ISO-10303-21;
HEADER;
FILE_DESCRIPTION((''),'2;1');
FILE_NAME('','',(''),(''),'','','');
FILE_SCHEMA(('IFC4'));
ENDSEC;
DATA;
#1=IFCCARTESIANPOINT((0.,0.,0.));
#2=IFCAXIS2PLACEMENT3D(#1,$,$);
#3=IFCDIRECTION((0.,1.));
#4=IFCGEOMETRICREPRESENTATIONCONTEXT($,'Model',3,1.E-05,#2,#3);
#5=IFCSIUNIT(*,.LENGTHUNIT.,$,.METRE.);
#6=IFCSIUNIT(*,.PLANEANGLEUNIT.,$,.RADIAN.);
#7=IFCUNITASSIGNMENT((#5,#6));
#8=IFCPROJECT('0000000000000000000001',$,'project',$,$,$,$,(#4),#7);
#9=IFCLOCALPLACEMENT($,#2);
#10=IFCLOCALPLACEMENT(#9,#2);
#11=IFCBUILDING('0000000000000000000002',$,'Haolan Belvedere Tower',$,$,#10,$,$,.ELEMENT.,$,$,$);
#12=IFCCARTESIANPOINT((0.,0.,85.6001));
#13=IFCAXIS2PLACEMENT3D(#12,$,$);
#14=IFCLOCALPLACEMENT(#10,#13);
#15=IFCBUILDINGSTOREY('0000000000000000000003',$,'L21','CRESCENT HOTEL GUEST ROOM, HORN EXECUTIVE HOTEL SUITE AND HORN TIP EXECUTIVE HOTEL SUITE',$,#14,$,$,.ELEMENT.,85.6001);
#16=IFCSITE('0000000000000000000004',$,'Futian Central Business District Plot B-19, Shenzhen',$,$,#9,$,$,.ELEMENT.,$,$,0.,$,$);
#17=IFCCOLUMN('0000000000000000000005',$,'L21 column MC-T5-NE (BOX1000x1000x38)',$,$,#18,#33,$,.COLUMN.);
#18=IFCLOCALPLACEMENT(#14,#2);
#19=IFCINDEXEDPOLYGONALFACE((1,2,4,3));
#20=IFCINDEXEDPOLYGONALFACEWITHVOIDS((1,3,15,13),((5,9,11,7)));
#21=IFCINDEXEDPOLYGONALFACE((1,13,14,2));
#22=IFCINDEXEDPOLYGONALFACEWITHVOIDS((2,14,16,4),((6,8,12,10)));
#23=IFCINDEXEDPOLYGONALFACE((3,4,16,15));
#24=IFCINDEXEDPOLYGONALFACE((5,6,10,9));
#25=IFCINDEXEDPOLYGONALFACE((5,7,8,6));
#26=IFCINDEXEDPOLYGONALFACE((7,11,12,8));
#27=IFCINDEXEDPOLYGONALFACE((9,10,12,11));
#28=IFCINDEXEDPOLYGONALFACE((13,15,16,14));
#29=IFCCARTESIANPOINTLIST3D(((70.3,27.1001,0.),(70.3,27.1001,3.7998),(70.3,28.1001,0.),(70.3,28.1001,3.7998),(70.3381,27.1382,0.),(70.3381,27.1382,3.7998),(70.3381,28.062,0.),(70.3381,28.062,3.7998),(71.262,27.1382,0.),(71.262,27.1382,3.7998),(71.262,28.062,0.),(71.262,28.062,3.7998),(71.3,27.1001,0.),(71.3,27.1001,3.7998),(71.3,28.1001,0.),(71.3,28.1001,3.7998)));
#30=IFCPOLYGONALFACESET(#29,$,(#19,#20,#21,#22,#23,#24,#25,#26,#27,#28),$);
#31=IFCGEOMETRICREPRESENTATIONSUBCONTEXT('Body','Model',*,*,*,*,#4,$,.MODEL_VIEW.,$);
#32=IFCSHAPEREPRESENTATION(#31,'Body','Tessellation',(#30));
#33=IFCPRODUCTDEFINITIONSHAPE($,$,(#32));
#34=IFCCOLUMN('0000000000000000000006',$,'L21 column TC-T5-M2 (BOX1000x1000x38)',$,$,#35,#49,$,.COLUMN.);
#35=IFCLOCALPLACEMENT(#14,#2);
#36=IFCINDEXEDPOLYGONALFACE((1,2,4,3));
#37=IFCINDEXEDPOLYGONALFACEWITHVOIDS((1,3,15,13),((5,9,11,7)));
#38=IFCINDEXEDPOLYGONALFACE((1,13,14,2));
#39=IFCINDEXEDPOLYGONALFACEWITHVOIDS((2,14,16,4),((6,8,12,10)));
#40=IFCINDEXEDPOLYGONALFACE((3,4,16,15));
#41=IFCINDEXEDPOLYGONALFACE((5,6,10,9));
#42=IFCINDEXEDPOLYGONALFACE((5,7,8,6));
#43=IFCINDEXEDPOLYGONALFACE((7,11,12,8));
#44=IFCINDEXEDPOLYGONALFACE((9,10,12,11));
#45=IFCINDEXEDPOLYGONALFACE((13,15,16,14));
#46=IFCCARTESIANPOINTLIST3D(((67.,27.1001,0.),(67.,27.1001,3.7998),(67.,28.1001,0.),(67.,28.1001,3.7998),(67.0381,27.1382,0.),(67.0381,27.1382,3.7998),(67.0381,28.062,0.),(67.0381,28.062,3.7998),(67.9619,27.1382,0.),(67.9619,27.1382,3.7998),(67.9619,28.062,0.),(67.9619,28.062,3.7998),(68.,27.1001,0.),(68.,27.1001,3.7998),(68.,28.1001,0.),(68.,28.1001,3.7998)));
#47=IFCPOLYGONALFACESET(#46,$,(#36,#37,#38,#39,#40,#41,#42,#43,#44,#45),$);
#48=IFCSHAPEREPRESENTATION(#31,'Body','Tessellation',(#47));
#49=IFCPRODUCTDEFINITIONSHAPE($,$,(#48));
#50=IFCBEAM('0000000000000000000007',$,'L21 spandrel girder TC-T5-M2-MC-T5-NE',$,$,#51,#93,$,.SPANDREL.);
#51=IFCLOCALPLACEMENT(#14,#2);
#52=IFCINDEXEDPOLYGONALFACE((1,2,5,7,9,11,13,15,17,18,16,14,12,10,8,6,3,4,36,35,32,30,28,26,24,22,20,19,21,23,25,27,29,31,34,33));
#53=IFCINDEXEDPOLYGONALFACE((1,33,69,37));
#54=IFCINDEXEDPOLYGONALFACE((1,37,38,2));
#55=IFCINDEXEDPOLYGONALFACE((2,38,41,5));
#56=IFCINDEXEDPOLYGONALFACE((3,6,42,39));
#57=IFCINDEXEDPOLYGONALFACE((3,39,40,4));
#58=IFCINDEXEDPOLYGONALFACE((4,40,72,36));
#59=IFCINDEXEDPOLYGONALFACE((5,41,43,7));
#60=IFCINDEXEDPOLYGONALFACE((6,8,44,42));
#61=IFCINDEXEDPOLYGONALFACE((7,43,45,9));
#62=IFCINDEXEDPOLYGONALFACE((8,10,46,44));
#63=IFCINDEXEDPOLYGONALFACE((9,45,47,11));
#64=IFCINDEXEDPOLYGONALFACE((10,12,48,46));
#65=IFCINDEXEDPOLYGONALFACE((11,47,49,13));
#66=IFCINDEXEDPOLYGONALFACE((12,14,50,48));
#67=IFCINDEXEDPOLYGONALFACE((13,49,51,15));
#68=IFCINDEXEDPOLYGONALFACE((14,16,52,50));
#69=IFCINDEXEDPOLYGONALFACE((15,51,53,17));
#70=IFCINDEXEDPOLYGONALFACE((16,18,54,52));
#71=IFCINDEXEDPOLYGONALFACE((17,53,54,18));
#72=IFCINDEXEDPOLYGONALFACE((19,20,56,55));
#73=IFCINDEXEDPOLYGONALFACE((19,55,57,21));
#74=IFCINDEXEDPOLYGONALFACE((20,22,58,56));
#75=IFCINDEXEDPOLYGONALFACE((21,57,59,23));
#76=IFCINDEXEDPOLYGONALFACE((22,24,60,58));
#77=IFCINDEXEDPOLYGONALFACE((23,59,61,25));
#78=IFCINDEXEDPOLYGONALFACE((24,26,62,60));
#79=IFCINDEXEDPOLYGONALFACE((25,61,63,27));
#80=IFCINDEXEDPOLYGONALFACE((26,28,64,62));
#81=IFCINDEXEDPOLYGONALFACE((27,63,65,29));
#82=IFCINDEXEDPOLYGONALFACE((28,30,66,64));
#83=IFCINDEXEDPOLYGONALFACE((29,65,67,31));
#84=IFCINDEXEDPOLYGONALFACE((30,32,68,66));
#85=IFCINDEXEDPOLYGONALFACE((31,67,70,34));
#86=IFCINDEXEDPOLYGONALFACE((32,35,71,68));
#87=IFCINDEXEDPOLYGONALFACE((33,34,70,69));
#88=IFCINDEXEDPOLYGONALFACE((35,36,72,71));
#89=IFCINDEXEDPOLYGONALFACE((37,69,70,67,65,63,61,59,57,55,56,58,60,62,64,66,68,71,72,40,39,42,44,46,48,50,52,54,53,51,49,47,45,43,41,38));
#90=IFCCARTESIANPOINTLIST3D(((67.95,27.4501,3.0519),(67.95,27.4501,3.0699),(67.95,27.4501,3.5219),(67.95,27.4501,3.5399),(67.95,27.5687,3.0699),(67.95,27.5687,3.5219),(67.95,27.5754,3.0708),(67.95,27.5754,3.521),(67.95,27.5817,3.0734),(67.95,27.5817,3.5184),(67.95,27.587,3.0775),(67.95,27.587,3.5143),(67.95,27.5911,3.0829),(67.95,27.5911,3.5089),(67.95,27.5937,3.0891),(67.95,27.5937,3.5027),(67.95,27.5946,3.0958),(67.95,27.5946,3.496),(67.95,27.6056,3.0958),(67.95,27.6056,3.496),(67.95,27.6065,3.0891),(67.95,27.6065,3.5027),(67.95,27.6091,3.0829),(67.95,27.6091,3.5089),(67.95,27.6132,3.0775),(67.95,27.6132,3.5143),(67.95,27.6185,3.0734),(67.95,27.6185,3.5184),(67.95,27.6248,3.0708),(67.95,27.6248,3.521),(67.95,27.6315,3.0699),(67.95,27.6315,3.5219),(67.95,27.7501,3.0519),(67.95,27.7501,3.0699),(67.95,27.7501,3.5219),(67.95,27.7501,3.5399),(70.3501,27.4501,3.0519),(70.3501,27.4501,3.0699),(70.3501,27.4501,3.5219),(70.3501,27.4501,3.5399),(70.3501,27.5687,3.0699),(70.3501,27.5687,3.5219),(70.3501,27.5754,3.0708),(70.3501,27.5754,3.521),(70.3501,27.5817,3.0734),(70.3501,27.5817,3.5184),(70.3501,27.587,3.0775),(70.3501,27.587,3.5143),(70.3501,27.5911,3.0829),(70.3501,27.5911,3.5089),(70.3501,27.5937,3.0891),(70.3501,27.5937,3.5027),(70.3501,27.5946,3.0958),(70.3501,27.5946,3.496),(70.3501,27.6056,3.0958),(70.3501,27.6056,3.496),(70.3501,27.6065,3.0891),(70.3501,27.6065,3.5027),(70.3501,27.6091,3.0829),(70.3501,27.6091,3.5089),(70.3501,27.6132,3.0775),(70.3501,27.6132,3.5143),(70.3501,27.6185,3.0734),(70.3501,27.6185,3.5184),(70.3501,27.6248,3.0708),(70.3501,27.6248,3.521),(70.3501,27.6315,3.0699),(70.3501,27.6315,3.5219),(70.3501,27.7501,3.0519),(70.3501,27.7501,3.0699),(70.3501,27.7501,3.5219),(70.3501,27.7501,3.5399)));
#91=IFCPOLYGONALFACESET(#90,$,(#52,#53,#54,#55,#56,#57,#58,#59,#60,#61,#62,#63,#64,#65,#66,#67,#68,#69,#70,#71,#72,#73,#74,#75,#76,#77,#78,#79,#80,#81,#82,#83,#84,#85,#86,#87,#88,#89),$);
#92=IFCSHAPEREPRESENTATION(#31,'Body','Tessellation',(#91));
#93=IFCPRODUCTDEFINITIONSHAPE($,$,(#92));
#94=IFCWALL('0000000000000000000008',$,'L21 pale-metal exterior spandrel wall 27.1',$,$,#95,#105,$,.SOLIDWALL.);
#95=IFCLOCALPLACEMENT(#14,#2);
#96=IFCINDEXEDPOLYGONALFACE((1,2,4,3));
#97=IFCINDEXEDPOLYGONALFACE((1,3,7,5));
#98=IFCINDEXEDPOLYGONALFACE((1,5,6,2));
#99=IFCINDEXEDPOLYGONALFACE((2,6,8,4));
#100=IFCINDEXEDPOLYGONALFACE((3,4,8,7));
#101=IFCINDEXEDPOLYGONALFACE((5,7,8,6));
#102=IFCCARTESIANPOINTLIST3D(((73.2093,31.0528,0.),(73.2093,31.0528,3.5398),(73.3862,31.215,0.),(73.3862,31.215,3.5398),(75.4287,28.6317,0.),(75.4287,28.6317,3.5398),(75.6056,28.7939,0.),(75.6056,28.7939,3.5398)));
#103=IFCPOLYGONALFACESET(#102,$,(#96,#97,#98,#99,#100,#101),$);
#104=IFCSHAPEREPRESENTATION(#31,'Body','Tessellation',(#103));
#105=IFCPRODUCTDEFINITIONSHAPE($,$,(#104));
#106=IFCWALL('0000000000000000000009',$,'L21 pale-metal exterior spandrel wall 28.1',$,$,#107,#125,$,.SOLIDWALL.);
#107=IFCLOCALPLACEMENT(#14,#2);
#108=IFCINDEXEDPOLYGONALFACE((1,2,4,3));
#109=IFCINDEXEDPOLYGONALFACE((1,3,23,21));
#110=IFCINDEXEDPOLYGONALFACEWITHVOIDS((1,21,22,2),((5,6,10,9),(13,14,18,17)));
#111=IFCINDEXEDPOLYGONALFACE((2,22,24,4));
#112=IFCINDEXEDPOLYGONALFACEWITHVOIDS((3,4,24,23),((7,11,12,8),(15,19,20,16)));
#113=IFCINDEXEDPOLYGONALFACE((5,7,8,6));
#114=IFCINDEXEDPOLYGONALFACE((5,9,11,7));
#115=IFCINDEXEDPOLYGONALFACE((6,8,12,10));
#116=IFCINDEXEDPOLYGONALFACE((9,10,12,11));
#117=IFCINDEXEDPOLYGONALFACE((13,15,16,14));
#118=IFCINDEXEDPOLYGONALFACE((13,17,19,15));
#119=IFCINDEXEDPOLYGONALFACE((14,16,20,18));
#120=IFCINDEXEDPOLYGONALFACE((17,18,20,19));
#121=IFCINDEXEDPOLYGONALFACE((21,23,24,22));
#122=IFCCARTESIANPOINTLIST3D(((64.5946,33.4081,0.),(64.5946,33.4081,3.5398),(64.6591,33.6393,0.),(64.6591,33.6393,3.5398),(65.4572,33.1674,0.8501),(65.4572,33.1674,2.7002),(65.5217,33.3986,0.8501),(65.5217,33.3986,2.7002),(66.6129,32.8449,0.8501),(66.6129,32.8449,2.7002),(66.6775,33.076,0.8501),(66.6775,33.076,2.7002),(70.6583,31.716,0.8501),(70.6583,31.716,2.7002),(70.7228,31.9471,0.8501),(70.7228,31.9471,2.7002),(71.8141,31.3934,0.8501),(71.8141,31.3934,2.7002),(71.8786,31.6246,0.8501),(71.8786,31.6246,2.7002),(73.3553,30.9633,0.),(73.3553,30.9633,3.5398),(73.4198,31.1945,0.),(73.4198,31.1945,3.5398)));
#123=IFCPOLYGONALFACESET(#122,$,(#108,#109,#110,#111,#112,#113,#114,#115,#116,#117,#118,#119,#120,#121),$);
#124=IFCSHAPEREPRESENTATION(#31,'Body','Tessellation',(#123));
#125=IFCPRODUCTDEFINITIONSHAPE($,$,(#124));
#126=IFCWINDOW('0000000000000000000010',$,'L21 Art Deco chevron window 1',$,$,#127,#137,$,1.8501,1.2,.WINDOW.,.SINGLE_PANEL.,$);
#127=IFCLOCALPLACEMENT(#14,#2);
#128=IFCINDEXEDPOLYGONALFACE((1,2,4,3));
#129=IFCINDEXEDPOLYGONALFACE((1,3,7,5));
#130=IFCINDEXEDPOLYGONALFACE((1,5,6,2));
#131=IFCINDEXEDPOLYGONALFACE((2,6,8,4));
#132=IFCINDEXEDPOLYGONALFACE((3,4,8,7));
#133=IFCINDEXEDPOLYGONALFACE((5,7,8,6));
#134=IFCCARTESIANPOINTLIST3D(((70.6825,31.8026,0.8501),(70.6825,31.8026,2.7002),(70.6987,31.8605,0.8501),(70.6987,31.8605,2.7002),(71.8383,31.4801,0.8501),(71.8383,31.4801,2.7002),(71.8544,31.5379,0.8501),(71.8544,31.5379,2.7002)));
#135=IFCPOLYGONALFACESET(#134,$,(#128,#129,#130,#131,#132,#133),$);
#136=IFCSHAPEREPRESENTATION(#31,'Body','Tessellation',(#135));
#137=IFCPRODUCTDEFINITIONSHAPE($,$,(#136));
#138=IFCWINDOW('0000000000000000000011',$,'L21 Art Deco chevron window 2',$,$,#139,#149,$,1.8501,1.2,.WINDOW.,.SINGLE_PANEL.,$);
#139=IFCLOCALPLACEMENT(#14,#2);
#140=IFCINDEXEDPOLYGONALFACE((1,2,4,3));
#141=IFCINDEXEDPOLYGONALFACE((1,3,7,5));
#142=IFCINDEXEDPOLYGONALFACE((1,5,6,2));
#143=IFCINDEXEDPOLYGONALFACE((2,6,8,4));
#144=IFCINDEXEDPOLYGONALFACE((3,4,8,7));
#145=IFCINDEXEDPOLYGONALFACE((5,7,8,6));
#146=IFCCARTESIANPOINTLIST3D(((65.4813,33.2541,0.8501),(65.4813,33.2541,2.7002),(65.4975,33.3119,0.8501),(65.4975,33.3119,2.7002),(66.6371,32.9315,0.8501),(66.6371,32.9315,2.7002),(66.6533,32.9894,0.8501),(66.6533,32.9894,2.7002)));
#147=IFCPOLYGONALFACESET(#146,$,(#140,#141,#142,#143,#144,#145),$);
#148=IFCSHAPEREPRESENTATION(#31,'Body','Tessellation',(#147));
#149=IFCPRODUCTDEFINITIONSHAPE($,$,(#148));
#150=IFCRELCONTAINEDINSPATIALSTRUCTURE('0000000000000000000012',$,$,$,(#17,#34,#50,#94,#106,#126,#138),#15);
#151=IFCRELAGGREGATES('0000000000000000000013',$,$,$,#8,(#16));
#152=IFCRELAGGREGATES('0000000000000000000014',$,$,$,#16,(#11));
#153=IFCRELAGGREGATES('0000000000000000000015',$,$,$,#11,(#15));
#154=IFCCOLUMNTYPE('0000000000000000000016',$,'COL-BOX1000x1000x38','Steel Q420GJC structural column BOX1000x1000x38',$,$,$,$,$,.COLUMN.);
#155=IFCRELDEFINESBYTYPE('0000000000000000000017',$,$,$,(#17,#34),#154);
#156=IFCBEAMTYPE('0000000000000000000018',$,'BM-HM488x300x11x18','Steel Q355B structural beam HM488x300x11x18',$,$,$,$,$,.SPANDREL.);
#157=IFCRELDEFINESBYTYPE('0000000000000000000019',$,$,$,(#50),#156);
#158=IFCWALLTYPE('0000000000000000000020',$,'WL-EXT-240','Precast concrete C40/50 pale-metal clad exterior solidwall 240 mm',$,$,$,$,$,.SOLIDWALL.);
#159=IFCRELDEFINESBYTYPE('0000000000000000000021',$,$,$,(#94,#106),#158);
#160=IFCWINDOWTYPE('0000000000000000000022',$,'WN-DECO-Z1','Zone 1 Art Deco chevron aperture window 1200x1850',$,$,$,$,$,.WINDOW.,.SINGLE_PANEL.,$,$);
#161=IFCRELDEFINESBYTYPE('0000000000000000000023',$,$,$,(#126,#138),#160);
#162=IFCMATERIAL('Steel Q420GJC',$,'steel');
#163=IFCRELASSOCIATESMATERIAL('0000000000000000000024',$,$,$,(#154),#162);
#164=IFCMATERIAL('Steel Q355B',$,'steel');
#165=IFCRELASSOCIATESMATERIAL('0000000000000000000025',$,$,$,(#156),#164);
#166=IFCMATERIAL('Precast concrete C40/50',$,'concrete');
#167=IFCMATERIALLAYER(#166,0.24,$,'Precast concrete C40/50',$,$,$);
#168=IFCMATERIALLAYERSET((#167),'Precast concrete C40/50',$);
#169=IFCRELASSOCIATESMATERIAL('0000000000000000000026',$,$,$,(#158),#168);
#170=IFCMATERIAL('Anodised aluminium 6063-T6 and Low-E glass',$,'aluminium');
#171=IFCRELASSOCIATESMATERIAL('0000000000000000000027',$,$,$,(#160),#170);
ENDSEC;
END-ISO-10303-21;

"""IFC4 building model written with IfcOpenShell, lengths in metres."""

from ifc_helpers import new_model, si_unit, direction, frame, frame_2d, origin, origin_2d, place, context, subcontext, project, spatial, rectangle, hollow_rectangle, i_section, extrude, material, layer, layer_set, material_profile, profile_set, type_object, element, fill, save


model = new_model("IFC4")

# Units and contexts
model_context = context("Model", 3, precision=1e-05, world=origin(), true_north=direction((0.0, 1.0)))
body_context = subcontext(model_context, "Body", "Model", "MODEL_VIEW")
ifc_project = project(units=[si_unit("LENGTHUNIT", "METRE"), si_unit("PLANEANGLEUNIT", "RADIAN")], contexts=[model_context])

# Site, building, storey
site_placement = place(None, origin())
site = spatial("IfcSite", under=ifc_project, at=site_placement, Name="Futian Central Business District Plot B-19, Shenzhen", CompositionType="ELEMENT", RefElevation=0.0)
building_placement = place(site_placement, origin())
building = spatial("IfcBuilding", under=site, at=building_placement, Name="Haolan Belvedere Tower", CompositionType="ELEMENT")
storey_placement = place(building_placement, frame((0.0, 0.0, 85.6001)))
storey = spatial("IfcBuildingStorey", under=building, at=storey_placement, Name="L21", Description="CRESCENT HOTEL GUEST ROOM, HORN EXECUTIVE HOTEL SUITE AND HORN TIP EXECUTIVE HOTEL SUITE", CompositionType="ELEMENT", Elevation=85.6001)

# Columns
ifc_material_1 = material(Name="Steel Q420GJC", Category="steel")
ifc_material_profile_1 = material_profile(ifc_material_1, hollow_rectangle(XDim=1.0, YDim=1.0, WallThickness=0.0381, at=origin_2d()), Name="Steel Q420GJC")
ifc_profile_set_1 = profile_set([ifc_material_profile_1], Name="Steel Q420GJC")
column_type = type_object("IfcColumnType", Name="COL-BOX1000x1000x38", Description="Steel Q420GJC structural column BOX1000x1000x38", PredefinedType="COLUMN", material=ifc_profile_set_1)
for number, where, z_axis, x_axis, name in (
    (1, (70.8, 27.6001, 0.0), (0.0, 0.0, 1.0), (1.0, 0.0, 0.0), "L21 column MC-T5-NE (BOX1000x1000x38)"),
    (2, (67.5, 27.6001, 0.0), (0.0, 0.0, 1.0), (1.0, 0.0, 0.0), "L21 column TC-T5-M2 (BOX1000x1000x38)"),
):
    element("IfcColumn", number, at=place(storey_placement, frame(where, z_axis=z_axis, x_axis=x_axis)), inside=storey, type_object=column_type, Name=name, PredefinedType="COLUMN", context=body_context, shape_type="SweptSolid", body=[
        extrude(hollow_rectangle(XDim=1.0, YDim=1.0, WallThickness=0.0381, at=origin_2d()), origin(), (0.0, 0.0, 1.0), 3.7998),
    ])

# Beam
ifc_material_2 = material(Name="Steel Q355B", Category="steel")
ifc_material_profile_2 = material_profile(ifc_material_2, i_section(OverallWidth=0.3, OverallDepth=0.488, WebThickness=0.011, FlangeThickness=0.0181, FilletRadius=0.0259, at=origin_2d()), Name="Steel Q355B")
ifc_profile_set_2 = profile_set([ifc_material_profile_2], Name="Steel Q355B")
beam_type = type_object("IfcBeamType", Name="BM-HM488x300x11x18", Description="Steel Q355B structural beam HM488x300x11x18", PredefinedType="SPANDREL", material=ifc_profile_set_2)
beam_placement = place(storey_placement, frame((67.95, 27.6001, 3.2959), z_axis=(1.0, 0.0, 0.0), x_axis=(0.0, 1.0, 0.0)))
element("IfcBeam", 3, at=beam_placement, inside=storey, type_object=beam_type, Name="L21 spandrel girder TC-T5-M2-MC-T5-NE", PredefinedType="SPANDREL", context=body_context, shape_type="SweptSolid", body=[
    extrude(i_section(OverallWidth=0.3, OverallDepth=0.488, WebThickness=0.011, FlangeThickness=0.0181, FilletRadius=0.0259, at=origin_2d()), origin(), (0.0, 0.0, 1.0), 2.4001),
])

# Wall
ifc_material_3 = material(Name="Precast concrete C40/50", Category="concrete")
ifc_layer_1 = layer(ifc_material_3, 0.24, Name="Precast concrete C40/50")
ifc_layer_set_1 = layer_set([ifc_layer_1], Name="Precast concrete C40/50")
wall_type_1 = type_object("IfcWallType", Name="WL-EXT-240", Description="Precast concrete C40/50 pale-metal clad exterior solidwall 240 mm", PredefinedType="SOLIDWALL", material=ifc_layer_set_1)
wall_1_placement = place(storey_placement, frame((75.5171, 28.7129, 0.0), z_axis=(0.0, 0.0, 1.0), x_axis=(-0.675741, 0.737139, 0.0)))
element("IfcWall", 4, at=wall_1_placement, inside=storey, type_object=wall_type_1, Name="L21 pale-metal exterior spandrel wall 27.1", PredefinedType="SOLIDWALL", context=body_context, shape_type="SweptSolid", body=[
    extrude(rectangle(XDim=3.2844, YDim=0.24, at=frame_2d((1.6421, 0.0))), origin(), (0.0, 0.0, 1.0), 3.5398),
])

# Wall, openings, windows
wall_2_placement = place(storey_placement, frame((73.3877, 31.0789, 0.0), z_axis=(0.0, 0.0, 1.0), x_axis=(-0.963197, 0.268795, 0.0)))
wall_2 = element("IfcWall", 5, at=wall_2_placement, inside=storey, type_object=wall_type_1, Name="L21 pale-metal exterior spandrel wall 28.1", PredefinedType="SOLIDWALL", context=body_context, shape_type="SweptSolid", body=[
    extrude(rectangle(XDim=9.0955, YDim=0.24, at=frame_2d((4.5479, 0.0))), origin(), (0.0, 0.0, 1.0), 3.5398),
])
opening_1_placement = place(wall_2_placement, frame((1.6001, 0.0, 0.8501)))
opening_1 = element("IfcOpeningElement", 6, at=opening_1_placement, cuts=wall_2, PredefinedType="OPENING", context=body_context, shape_type="SweptSolid", body=[
    extrude(rectangle(XDim=1.2, YDim=1.8501, at=frame_2d((0.6001, 0.925))), frame((0.0, 0.1299, 0.0), z_axis=(0.0, -1.0, 0.0), x_axis=(1.0, 0.0, 0.0)), (0.0, 0.0, 1.0), 0.26),
])
opening_2_placement = place(wall_2_placement, frame((7.0, 0.0, 0.8501)))
opening_2 = element("IfcOpeningElement", 7, at=opening_2_placement, cuts=wall_2, PredefinedType="OPENING", context=body_context, shape_type="SweptSolid", body=[
    extrude(rectangle(XDim=1.2, YDim=1.8501, at=frame_2d((0.6001, 0.925))), frame((0.0, 0.1299, 0.0), z_axis=(0.0, -1.0, 0.0), x_axis=(1.0, 0.0, 0.0)), (0.0, 0.0, 1.0), 0.26),
])
ifc_material_4 = material(Name="Anodised aluminium 6063-T6 and Low-E glass", Category="aluminium")
window_type = type_object("IfcWindowType", Name="WN-DECO-Z1", Description="Zone 1 Art Deco chevron aperture window 1200x1850", PartitioningType="SINGLE_PANEL", PredefinedType="WINDOW", material=ifc_material_4)
window_1_placement = place(opening_1_placement, origin())
window_1 = element("IfcWindow", 8, at=window_1_placement, inside=storey, type_object=window_type, Name="L21 Art Deco chevron window 1", OverallHeight=1.8501, OverallWidth=1.2, PartitioningType="SINGLE_PANEL", PredefinedType="WINDOW", context=body_context, shape_type="SweptSolid", body=[
    extrude(rectangle(XDim=1.2, YDim=1.8501, at=frame_2d((0.6001, 0.925))), frame((0.0, 0.03, 0.0), z_axis=(0.0, -1.0, 0.0), x_axis=(1.0, 0.0, 0.0)), (0.0, 0.0, 1.0), 0.0601),
])
fill(opening_1, window_1)
window_2_placement = place(opening_2_placement, origin())
window_2 = element("IfcWindow", 9, at=window_2_placement, inside=storey, type_object=window_type, Name="L21 Art Deco chevron window 2", OverallHeight=1.8501, OverallWidth=1.2, PartitioningType="SINGLE_PANEL", PredefinedType="WINDOW", context=body_context, shape_type="SweptSolid", body=[
    extrude(rectangle(XDim=1.2, YDim=1.8501, at=frame_2d((0.6001, 0.925))), frame((0.0, 0.03, 0.0), z_axis=(0.0, -1.0, 0.0), x_axis=(1.0, 0.0, 0.0)), (0.0, 0.0, 1.0), 0.0601),
])
fill(opening_2, window_2)

save(model, "model.ifc")
